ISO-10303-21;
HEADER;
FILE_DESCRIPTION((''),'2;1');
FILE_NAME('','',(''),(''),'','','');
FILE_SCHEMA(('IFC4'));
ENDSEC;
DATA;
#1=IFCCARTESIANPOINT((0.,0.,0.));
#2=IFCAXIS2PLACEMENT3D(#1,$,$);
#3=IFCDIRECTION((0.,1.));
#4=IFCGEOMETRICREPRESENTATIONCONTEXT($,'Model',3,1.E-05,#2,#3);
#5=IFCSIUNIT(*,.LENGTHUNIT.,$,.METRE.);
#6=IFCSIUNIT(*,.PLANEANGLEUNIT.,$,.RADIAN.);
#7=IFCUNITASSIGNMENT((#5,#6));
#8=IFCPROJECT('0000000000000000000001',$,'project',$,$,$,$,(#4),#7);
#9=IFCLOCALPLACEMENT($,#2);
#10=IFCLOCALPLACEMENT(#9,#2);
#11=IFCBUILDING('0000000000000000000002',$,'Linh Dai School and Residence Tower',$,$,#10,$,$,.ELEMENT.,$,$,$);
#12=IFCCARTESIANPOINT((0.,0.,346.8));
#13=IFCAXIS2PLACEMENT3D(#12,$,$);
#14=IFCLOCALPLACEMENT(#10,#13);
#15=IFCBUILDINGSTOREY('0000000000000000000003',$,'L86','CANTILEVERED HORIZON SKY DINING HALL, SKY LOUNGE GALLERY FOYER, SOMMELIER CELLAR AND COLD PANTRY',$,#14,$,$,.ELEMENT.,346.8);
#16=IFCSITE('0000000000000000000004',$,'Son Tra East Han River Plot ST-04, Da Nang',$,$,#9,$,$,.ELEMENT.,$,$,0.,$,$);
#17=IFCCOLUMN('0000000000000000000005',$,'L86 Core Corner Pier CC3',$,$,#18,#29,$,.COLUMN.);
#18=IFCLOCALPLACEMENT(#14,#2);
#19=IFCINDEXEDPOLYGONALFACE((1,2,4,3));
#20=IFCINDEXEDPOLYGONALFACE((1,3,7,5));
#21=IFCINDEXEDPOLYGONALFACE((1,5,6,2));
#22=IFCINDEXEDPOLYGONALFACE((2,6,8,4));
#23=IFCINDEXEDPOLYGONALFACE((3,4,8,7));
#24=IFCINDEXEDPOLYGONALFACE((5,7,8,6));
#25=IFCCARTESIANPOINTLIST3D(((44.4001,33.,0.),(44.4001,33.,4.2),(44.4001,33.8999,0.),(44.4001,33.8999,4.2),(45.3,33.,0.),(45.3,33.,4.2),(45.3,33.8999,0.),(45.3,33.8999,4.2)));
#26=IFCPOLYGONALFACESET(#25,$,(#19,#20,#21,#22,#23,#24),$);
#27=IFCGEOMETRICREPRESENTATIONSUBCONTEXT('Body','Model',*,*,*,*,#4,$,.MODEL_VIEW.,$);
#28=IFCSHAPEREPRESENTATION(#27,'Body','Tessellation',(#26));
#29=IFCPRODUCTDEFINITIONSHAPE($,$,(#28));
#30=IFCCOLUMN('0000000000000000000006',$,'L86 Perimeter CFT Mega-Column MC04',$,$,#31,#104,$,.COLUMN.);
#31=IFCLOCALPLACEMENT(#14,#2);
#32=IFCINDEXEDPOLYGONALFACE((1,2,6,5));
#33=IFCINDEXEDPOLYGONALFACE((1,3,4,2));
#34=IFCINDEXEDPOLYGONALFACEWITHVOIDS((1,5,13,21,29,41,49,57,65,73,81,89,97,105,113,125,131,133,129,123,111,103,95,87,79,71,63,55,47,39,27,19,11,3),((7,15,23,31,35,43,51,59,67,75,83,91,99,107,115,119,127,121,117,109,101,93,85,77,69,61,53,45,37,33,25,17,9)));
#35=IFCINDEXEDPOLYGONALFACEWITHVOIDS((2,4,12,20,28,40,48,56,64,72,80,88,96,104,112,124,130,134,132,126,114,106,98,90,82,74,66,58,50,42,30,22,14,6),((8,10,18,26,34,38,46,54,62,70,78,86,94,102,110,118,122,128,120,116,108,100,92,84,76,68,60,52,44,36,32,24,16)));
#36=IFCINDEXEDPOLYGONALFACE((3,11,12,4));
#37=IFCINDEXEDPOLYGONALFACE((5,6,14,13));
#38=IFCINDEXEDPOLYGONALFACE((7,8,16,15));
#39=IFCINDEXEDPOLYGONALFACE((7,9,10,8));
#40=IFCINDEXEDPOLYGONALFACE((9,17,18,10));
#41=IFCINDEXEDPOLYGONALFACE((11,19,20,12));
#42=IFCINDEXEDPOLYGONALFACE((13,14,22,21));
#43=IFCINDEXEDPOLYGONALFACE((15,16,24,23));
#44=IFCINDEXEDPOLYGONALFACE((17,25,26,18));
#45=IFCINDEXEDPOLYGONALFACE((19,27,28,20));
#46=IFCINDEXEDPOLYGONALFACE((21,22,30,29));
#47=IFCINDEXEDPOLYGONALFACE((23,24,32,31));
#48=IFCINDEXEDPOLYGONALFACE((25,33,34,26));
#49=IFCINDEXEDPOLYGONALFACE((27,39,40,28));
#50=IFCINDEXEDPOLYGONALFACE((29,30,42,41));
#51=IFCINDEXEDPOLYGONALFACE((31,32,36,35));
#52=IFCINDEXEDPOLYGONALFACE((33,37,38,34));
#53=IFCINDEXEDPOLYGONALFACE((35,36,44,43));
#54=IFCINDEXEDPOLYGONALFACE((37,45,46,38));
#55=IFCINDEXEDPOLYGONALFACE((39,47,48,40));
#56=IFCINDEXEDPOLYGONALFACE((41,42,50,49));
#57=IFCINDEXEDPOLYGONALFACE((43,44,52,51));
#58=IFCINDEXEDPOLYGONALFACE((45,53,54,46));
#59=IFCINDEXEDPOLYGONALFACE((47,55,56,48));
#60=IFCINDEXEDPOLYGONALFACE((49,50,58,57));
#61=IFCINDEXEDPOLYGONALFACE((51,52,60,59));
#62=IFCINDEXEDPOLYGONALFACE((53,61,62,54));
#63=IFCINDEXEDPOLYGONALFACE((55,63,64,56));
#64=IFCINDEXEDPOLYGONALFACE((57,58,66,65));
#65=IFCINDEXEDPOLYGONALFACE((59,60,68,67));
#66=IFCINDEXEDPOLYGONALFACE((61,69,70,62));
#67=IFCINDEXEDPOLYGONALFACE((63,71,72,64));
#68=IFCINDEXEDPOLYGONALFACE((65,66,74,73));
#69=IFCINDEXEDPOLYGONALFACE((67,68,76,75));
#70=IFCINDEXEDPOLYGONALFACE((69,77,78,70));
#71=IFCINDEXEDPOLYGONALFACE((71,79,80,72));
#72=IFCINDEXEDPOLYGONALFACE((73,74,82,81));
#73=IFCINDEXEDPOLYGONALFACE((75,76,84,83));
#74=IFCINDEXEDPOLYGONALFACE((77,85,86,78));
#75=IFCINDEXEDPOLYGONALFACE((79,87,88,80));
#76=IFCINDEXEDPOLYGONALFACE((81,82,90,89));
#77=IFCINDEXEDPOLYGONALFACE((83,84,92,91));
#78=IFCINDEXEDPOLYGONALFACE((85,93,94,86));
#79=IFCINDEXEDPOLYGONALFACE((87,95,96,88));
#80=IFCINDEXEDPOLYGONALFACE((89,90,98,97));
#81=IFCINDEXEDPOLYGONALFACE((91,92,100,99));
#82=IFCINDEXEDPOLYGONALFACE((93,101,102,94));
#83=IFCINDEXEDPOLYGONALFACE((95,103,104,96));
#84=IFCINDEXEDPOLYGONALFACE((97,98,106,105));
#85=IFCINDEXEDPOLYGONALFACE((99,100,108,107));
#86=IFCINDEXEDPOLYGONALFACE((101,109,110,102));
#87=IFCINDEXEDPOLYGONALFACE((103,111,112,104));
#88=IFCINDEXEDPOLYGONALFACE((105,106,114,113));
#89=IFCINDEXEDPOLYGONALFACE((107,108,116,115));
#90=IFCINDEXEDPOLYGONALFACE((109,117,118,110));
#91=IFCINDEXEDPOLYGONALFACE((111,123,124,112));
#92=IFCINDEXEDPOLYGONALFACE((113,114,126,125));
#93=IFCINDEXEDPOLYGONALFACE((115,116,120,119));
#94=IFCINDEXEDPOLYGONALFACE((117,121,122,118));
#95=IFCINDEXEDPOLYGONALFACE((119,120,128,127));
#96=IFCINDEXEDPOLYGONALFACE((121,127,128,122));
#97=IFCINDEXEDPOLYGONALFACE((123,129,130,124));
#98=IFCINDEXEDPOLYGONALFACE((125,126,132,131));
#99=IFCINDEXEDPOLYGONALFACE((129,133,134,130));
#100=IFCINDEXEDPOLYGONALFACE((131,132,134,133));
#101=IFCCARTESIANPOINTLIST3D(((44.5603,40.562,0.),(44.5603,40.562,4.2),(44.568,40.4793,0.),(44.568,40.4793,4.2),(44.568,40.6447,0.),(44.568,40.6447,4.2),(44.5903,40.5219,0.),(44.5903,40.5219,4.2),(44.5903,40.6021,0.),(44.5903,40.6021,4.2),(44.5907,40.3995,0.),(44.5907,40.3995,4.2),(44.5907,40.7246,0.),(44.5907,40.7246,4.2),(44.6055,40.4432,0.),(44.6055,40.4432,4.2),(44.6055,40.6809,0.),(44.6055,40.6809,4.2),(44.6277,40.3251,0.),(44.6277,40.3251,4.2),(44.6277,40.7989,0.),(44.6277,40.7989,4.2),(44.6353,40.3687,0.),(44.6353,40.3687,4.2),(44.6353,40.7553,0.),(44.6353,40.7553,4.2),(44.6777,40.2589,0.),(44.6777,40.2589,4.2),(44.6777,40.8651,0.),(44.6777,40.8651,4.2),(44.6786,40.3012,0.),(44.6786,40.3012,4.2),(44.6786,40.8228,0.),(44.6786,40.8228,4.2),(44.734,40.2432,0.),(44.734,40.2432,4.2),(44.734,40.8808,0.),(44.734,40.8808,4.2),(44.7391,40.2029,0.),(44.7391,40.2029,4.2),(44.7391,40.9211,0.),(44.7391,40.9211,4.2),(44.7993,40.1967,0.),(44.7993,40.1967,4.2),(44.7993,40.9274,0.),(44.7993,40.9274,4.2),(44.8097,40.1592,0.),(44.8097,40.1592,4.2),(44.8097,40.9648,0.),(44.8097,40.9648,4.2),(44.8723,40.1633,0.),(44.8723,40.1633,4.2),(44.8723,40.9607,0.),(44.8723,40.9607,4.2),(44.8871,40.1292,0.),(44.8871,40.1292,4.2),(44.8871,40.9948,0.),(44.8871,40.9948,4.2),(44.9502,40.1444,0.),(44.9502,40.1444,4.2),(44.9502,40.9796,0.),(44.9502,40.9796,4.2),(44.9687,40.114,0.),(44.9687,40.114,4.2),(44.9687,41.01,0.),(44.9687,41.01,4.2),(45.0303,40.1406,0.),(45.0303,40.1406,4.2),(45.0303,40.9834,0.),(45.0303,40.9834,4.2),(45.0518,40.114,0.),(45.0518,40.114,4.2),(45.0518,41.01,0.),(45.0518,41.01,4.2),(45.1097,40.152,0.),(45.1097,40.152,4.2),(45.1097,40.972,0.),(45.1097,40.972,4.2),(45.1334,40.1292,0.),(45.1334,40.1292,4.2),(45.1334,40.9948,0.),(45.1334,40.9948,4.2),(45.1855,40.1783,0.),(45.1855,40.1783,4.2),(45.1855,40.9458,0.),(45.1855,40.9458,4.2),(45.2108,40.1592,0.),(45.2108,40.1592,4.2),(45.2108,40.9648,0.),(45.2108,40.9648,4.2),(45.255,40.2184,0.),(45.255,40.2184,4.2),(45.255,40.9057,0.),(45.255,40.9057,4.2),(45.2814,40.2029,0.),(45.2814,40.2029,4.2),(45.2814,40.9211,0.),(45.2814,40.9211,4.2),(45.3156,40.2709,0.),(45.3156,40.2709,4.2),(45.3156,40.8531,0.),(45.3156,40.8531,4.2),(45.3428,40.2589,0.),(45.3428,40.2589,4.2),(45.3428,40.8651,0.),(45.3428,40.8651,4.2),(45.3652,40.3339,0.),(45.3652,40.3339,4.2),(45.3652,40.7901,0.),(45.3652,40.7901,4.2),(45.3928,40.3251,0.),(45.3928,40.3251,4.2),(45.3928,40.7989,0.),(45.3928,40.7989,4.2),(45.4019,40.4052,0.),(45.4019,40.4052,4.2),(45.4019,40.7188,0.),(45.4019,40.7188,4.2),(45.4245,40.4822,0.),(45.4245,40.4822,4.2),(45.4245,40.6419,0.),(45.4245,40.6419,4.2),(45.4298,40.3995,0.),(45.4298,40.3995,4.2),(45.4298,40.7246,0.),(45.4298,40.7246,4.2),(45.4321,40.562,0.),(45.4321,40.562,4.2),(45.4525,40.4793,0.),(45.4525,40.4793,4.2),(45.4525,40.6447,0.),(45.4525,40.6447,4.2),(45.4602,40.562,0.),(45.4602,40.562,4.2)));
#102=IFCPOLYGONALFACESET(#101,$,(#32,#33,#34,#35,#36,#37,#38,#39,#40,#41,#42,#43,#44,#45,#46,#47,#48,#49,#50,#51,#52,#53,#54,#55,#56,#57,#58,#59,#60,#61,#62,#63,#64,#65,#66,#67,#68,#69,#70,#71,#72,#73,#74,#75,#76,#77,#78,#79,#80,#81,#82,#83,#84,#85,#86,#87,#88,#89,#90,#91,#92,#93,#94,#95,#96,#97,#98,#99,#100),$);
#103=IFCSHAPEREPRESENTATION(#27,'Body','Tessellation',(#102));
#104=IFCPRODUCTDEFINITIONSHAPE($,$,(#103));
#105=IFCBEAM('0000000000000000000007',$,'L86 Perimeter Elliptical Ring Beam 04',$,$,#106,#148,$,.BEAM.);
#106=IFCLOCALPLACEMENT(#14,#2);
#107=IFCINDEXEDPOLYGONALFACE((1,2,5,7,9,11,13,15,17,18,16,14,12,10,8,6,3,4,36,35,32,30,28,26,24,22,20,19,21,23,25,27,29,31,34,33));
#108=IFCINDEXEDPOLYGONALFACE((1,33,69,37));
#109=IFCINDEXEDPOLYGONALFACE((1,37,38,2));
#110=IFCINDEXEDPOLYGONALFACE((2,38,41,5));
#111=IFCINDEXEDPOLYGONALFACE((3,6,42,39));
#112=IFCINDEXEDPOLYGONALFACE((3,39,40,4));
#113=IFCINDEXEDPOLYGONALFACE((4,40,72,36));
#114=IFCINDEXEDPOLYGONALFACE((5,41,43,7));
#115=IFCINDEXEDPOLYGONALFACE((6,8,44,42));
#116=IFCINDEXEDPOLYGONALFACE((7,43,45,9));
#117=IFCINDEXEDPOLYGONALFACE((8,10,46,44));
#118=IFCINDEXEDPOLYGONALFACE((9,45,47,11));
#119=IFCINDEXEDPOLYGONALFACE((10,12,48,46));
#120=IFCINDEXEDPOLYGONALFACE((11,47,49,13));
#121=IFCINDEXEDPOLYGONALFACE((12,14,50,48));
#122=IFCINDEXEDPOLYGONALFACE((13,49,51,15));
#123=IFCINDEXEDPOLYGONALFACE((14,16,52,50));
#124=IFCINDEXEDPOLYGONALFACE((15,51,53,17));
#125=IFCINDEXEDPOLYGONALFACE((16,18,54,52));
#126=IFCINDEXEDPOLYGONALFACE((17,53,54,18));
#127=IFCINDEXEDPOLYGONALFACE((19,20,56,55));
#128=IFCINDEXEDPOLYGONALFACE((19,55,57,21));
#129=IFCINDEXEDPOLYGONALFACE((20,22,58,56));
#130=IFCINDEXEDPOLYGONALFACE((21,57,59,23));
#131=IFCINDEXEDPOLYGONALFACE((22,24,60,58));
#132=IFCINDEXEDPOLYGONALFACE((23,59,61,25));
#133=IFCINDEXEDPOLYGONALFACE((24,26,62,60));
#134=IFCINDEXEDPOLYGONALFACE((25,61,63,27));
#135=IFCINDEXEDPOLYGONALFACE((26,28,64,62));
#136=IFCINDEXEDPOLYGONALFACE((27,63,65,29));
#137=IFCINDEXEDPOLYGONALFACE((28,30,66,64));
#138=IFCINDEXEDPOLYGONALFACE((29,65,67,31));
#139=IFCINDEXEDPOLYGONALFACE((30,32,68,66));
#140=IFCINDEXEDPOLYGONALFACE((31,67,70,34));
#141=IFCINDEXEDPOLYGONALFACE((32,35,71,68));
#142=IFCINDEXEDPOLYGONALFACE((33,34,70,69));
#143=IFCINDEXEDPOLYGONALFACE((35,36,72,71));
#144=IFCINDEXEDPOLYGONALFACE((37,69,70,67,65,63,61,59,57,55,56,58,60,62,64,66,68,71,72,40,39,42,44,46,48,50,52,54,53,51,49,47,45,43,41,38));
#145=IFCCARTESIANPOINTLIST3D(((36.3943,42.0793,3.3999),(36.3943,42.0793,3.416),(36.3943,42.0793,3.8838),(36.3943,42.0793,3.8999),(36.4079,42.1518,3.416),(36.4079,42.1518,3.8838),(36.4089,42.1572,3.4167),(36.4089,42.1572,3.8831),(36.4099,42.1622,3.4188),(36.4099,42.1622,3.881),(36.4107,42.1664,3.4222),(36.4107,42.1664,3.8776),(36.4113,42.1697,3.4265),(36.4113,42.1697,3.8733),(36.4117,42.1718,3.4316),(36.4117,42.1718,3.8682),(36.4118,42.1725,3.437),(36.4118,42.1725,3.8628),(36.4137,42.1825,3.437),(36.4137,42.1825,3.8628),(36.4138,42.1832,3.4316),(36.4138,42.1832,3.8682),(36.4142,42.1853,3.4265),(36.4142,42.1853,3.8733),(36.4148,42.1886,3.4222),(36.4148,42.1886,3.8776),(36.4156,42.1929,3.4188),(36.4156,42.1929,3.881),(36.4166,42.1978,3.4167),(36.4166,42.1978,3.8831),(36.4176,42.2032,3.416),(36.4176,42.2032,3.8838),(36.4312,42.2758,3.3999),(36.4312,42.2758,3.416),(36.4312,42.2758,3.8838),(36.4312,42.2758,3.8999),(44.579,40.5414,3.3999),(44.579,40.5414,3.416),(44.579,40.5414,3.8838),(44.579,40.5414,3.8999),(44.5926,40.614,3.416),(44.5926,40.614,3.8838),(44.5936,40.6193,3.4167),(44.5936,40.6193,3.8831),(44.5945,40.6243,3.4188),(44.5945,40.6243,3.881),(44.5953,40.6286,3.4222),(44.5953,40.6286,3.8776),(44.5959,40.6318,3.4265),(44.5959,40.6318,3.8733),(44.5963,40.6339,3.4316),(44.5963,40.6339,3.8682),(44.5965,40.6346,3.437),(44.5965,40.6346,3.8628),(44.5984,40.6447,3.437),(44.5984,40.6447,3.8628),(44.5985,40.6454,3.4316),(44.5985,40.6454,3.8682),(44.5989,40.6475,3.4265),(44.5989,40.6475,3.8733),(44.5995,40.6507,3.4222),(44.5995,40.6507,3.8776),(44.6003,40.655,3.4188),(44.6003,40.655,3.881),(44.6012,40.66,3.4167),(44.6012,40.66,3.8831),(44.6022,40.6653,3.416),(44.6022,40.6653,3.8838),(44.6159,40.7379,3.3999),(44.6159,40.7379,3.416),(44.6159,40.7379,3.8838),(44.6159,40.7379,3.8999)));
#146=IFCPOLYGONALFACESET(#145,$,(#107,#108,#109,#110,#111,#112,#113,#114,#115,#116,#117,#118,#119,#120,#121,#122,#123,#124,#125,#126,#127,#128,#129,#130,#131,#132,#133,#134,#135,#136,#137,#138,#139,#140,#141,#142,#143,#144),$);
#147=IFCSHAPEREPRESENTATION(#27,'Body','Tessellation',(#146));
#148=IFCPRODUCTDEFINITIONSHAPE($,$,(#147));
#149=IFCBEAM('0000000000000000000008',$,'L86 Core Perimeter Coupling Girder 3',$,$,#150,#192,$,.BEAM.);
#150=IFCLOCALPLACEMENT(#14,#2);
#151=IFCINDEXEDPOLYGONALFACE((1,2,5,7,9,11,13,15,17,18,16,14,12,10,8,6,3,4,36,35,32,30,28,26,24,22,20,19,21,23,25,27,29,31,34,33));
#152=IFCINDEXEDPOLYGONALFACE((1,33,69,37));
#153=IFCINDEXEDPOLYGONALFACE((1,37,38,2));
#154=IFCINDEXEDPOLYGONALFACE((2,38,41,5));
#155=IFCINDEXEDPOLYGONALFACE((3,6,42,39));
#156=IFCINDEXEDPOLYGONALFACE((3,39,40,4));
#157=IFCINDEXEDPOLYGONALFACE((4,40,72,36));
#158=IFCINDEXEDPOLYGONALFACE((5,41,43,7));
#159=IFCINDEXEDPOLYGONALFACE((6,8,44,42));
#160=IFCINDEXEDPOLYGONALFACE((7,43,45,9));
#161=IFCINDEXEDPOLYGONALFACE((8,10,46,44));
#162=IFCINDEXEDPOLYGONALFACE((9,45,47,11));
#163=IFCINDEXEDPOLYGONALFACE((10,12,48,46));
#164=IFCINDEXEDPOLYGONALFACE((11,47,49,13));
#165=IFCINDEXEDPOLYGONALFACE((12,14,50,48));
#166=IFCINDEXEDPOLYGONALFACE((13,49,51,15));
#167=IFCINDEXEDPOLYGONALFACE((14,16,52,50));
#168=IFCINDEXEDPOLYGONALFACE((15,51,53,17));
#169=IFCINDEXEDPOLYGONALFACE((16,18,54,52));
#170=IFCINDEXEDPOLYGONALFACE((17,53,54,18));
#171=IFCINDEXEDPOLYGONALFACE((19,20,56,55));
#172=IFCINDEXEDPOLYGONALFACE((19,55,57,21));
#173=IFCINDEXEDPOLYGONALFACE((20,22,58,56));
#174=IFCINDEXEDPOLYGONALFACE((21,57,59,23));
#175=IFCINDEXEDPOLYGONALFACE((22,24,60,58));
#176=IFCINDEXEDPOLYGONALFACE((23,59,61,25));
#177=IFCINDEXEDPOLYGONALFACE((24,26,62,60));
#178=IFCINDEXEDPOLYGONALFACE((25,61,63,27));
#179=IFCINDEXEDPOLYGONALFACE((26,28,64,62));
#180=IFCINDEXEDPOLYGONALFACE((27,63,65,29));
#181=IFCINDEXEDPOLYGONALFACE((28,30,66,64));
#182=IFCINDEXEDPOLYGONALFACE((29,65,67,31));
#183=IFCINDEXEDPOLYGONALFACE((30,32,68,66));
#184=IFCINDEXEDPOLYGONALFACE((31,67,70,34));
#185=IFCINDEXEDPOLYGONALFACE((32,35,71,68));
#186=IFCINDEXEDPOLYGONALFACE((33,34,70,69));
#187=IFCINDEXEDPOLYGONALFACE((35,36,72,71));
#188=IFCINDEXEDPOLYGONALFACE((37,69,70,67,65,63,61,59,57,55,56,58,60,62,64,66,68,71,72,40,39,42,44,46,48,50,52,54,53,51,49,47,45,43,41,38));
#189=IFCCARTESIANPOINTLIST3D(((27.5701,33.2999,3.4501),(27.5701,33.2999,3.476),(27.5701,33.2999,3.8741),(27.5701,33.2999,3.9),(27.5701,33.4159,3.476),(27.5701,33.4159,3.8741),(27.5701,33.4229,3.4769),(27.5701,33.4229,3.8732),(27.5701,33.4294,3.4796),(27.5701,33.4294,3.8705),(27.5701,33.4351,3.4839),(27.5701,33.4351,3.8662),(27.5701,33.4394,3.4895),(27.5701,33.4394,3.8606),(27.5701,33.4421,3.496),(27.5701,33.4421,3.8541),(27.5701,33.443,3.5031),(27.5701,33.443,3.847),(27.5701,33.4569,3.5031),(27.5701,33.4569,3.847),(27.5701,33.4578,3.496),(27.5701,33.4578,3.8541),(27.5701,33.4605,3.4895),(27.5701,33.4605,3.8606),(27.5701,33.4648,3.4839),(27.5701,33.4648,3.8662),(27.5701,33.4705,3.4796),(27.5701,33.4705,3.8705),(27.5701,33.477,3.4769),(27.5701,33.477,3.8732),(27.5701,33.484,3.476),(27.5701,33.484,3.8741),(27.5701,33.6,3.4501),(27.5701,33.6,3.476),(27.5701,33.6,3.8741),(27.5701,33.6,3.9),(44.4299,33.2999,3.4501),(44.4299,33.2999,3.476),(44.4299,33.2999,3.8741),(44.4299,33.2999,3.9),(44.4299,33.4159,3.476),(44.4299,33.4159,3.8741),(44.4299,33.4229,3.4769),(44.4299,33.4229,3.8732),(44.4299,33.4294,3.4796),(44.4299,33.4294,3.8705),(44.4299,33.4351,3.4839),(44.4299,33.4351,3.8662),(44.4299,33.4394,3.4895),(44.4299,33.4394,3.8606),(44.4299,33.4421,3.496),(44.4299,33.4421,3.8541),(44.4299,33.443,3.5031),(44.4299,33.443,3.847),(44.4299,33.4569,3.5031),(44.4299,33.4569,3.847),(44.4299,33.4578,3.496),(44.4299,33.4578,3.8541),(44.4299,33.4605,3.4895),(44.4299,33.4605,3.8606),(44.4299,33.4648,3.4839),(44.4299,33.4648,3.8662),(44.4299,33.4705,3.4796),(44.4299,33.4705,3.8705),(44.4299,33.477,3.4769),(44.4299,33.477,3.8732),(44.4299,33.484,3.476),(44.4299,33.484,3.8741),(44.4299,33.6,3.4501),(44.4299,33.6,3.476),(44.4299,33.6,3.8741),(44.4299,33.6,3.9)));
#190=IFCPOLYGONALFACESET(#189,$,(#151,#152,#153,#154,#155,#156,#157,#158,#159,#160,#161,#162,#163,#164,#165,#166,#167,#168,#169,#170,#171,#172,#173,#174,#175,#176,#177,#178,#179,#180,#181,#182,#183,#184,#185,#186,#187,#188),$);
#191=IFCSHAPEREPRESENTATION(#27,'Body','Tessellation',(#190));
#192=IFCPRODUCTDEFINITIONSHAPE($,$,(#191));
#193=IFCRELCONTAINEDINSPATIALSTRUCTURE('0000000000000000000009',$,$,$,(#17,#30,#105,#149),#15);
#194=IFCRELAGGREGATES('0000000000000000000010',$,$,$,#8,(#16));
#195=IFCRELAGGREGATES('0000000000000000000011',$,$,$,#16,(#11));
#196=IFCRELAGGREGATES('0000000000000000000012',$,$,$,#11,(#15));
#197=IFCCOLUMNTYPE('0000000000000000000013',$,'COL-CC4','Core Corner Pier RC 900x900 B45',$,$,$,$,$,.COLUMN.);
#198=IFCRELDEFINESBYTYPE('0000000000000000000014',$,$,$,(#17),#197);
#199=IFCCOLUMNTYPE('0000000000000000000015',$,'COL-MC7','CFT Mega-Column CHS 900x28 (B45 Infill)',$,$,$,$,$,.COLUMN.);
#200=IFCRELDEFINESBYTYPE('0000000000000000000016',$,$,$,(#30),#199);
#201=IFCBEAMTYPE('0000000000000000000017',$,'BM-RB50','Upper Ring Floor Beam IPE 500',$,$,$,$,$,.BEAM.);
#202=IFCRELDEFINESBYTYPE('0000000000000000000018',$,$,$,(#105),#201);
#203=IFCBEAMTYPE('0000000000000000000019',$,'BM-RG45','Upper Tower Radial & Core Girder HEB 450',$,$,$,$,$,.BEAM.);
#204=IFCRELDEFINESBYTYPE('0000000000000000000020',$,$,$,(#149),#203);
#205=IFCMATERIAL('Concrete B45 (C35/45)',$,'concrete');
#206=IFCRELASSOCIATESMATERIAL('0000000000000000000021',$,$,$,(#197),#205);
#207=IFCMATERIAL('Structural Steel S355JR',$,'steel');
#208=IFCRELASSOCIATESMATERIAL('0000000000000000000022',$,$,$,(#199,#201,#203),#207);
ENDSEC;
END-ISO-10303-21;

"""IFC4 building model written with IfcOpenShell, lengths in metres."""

from ifc_helpers import new_model, si_unit, direction, frame, origin, origin_2d, place, context, subcontext, project, spatial, rectangle, hollow_circle, i_section, extrude, material, material_profile, profile_set, type_object, element, save


model = new_model("IFC4")

# Units and contexts
model_context = context("Model", 3, precision=1e-05, world=origin(), true_north=direction((0.0, 1.0)))
body_context = subcontext(model_context, "Body", "Model", "MODEL_VIEW")
ifc_project = project(units=[si_unit("LENGTHUNIT", "METRE"), si_unit("PLANEANGLEUNIT", "RADIAN")], contexts=[model_context])

# Site, building, storey
site_placement = place(None, origin())
site = spatial("IfcSite", under=ifc_project, at=site_placement, Name="Son Tra East Han River Plot ST-04, Da Nang", CompositionType="ELEMENT", RefElevation=0.0)
building_placement = place(site_placement, origin())
building = spatial("IfcBuilding", under=site, at=building_placement, Name="Linh Dai School and Residence Tower", CompositionType="ELEMENT")
storey_placement = place(building_placement, frame((0.0, 0.0, 346.8)))
storey = spatial("IfcBuildingStorey", under=building, at=storey_placement, Name="L86", Description="CANTILEVERED HORIZON SKY DINING HALL, SKY LOUNGE GALLERY FOYER, SOMMELIER CELLAR AND COLD PANTRY", CompositionType="ELEMENT", Elevation=346.8)

# Columns
ifc_material_1 = material(Name="Concrete B45 (C35/45)", Category="concrete")
ifc_material_profile_1 = material_profile(ifc_material_1, rectangle(XDim=0.8999, YDim=0.8999, at=origin_2d()), Name="RC 900x900")
ifc_profile_set_1 = profile_set([ifc_material_profile_1], Name="Concrete B45 (C35/45)")
column_type_1 = type_object("IfcColumnType", Name="COL-CC4", Description="Core Corner Pier RC 900x900 B45", PredefinedType="COLUMN", material=ifc_profile_set_1)
column_1_placement = place(storey_placement, frame((44.8501, 33.45, 0.0), z_axis=(0.0, 0.0, 1.0), x_axis=(1.0, 0.0, 0.0)))
element("IfcColumn", 1, at=column_1_placement, inside=storey, type_object=column_type_1, Name="L86 Core Corner Pier CC3", PredefinedType="COLUMN", context=body_context, shape_type="SweptSolid", body=[
    extrude(rectangle(XDim=0.8999, YDim=0.8999, at=origin_2d()), origin(), (0.0, 0.0, 1.0), 4.2),
])
ifc_material_2 = material(Name="Structural Steel S355JR", Category="steel")
ifc_material_profile_2 = material_profile(ifc_material_2, hollow_circle(Radius=0.45, WallThickness=0.0281, at=origin_2d()), Name="CHS 900x28")
ifc_profile_set_2 = profile_set([ifc_material_profile_2], Name="Structural Steel S355JR")
column_type_2 = type_object("IfcColumnType", Name="COL-MC7", Description="CFT Mega-Column CHS 900x28 (B45 Infill)", PredefinedType="COLUMN", material=ifc_profile_set_2)
column_2_placement = place(storey_placement, frame((45.0103, 40.562, 0.0), z_axis=(0.0, 0.0, 1.0), x_axis=(1.0, 0.0, 0.0)))
element("IfcColumn", 2, at=column_2_placement, inside=storey, type_object=column_type_2, Name="L86 Perimeter CFT Mega-Column MC04", PredefinedType="COLUMN", context=body_context, shape_type="SweptSolid", body=[
    extrude(hollow_circle(Radius=0.45, WallThickness=0.0281, at=origin_2d()), origin(), (0.0, 0.0, 1.0), 4.2),
])

# Beams
ifc_material_profile_3 = material_profile(ifc_material_2, i_section(OverallWidth=0.2, OverallDepth=0.5, WebThickness=0.0103, FlangeThickness=0.0161, FilletRadius=0.021, at=origin_2d()), Name="IPE 500")
ifc_profile_set_3 = profile_set([ifc_material_profile_3], Name="Structural Steel S355JR")
beam_type_1 = type_object("IfcBeamType", Name="BM-RB50", Description="Upper Ring Floor Beam IPE 500", PredefinedType="BEAM", material=ifc_profile_set_3)
beam_1_placement = place(storey_placement, frame((44.5974, 40.6396, 3.6499), z_axis=(-0.982802, 0.184664, 0.0), x_axis=(-0.184664, -0.982802, 0.0)))
element("IfcBeam", 3, at=beam_1_placement, inside=storey, type_object=beam_type_1, Name="L86 Perimeter Elliptical Ring Beam 04", PredefinedType="BEAM", context=body_context, shape_type="SweptSolid", body=[
    extrude(i_section(OverallWidth=0.2, OverallDepth=0.5, WebThickness=0.0103, FlangeThickness=0.0161, FilletRadius=0.021, at=origin_2d()), origin(), (0.0, 0.0, 1.0), 8.3279),
])
ifc_material_profile_4 = material_profile(ifc_material_2, i_section(OverallWidth=0.3, OverallDepth=0.45, WebThickness=0.0139, FlangeThickness=0.0259, FilletRadius=0.0271, at=origin_2d()), Name="HEB 450")
ifc_profile_set_4 = profile_set([ifc_material_profile_4], Name="Structural Steel S355JR")
beam_type_2 = type_object("IfcBeamType", Name="BM-RG45", Description="Upper Tower Radial & Core Girder HEB 450", PredefinedType="BEAM", material=ifc_profile_set_4)
beam_2_placement = place(storey_placement, frame((44.4299, 33.45, 3.675), z_axis=(-1.0, 0.0, 0.0), x_axis=(0.0, -1.0, 0.0)))
element("IfcBeam", 4, at=beam_2_placement, inside=storey, type_object=beam_type_2, Name="L86 Core Perimeter Coupling Girder 3", PredefinedType="BEAM", context=body_context, shape_type="SweptSolid", body=[
    extrude(i_section(OverallWidth=0.3, OverallDepth=0.45, WebThickness=0.0139, FlangeThickness=0.0259, FilletRadius=0.0271, at=origin_2d()), origin(), (0.0, 0.0, 1.0), 16.8599),
])

save(model, "model.ifc")
